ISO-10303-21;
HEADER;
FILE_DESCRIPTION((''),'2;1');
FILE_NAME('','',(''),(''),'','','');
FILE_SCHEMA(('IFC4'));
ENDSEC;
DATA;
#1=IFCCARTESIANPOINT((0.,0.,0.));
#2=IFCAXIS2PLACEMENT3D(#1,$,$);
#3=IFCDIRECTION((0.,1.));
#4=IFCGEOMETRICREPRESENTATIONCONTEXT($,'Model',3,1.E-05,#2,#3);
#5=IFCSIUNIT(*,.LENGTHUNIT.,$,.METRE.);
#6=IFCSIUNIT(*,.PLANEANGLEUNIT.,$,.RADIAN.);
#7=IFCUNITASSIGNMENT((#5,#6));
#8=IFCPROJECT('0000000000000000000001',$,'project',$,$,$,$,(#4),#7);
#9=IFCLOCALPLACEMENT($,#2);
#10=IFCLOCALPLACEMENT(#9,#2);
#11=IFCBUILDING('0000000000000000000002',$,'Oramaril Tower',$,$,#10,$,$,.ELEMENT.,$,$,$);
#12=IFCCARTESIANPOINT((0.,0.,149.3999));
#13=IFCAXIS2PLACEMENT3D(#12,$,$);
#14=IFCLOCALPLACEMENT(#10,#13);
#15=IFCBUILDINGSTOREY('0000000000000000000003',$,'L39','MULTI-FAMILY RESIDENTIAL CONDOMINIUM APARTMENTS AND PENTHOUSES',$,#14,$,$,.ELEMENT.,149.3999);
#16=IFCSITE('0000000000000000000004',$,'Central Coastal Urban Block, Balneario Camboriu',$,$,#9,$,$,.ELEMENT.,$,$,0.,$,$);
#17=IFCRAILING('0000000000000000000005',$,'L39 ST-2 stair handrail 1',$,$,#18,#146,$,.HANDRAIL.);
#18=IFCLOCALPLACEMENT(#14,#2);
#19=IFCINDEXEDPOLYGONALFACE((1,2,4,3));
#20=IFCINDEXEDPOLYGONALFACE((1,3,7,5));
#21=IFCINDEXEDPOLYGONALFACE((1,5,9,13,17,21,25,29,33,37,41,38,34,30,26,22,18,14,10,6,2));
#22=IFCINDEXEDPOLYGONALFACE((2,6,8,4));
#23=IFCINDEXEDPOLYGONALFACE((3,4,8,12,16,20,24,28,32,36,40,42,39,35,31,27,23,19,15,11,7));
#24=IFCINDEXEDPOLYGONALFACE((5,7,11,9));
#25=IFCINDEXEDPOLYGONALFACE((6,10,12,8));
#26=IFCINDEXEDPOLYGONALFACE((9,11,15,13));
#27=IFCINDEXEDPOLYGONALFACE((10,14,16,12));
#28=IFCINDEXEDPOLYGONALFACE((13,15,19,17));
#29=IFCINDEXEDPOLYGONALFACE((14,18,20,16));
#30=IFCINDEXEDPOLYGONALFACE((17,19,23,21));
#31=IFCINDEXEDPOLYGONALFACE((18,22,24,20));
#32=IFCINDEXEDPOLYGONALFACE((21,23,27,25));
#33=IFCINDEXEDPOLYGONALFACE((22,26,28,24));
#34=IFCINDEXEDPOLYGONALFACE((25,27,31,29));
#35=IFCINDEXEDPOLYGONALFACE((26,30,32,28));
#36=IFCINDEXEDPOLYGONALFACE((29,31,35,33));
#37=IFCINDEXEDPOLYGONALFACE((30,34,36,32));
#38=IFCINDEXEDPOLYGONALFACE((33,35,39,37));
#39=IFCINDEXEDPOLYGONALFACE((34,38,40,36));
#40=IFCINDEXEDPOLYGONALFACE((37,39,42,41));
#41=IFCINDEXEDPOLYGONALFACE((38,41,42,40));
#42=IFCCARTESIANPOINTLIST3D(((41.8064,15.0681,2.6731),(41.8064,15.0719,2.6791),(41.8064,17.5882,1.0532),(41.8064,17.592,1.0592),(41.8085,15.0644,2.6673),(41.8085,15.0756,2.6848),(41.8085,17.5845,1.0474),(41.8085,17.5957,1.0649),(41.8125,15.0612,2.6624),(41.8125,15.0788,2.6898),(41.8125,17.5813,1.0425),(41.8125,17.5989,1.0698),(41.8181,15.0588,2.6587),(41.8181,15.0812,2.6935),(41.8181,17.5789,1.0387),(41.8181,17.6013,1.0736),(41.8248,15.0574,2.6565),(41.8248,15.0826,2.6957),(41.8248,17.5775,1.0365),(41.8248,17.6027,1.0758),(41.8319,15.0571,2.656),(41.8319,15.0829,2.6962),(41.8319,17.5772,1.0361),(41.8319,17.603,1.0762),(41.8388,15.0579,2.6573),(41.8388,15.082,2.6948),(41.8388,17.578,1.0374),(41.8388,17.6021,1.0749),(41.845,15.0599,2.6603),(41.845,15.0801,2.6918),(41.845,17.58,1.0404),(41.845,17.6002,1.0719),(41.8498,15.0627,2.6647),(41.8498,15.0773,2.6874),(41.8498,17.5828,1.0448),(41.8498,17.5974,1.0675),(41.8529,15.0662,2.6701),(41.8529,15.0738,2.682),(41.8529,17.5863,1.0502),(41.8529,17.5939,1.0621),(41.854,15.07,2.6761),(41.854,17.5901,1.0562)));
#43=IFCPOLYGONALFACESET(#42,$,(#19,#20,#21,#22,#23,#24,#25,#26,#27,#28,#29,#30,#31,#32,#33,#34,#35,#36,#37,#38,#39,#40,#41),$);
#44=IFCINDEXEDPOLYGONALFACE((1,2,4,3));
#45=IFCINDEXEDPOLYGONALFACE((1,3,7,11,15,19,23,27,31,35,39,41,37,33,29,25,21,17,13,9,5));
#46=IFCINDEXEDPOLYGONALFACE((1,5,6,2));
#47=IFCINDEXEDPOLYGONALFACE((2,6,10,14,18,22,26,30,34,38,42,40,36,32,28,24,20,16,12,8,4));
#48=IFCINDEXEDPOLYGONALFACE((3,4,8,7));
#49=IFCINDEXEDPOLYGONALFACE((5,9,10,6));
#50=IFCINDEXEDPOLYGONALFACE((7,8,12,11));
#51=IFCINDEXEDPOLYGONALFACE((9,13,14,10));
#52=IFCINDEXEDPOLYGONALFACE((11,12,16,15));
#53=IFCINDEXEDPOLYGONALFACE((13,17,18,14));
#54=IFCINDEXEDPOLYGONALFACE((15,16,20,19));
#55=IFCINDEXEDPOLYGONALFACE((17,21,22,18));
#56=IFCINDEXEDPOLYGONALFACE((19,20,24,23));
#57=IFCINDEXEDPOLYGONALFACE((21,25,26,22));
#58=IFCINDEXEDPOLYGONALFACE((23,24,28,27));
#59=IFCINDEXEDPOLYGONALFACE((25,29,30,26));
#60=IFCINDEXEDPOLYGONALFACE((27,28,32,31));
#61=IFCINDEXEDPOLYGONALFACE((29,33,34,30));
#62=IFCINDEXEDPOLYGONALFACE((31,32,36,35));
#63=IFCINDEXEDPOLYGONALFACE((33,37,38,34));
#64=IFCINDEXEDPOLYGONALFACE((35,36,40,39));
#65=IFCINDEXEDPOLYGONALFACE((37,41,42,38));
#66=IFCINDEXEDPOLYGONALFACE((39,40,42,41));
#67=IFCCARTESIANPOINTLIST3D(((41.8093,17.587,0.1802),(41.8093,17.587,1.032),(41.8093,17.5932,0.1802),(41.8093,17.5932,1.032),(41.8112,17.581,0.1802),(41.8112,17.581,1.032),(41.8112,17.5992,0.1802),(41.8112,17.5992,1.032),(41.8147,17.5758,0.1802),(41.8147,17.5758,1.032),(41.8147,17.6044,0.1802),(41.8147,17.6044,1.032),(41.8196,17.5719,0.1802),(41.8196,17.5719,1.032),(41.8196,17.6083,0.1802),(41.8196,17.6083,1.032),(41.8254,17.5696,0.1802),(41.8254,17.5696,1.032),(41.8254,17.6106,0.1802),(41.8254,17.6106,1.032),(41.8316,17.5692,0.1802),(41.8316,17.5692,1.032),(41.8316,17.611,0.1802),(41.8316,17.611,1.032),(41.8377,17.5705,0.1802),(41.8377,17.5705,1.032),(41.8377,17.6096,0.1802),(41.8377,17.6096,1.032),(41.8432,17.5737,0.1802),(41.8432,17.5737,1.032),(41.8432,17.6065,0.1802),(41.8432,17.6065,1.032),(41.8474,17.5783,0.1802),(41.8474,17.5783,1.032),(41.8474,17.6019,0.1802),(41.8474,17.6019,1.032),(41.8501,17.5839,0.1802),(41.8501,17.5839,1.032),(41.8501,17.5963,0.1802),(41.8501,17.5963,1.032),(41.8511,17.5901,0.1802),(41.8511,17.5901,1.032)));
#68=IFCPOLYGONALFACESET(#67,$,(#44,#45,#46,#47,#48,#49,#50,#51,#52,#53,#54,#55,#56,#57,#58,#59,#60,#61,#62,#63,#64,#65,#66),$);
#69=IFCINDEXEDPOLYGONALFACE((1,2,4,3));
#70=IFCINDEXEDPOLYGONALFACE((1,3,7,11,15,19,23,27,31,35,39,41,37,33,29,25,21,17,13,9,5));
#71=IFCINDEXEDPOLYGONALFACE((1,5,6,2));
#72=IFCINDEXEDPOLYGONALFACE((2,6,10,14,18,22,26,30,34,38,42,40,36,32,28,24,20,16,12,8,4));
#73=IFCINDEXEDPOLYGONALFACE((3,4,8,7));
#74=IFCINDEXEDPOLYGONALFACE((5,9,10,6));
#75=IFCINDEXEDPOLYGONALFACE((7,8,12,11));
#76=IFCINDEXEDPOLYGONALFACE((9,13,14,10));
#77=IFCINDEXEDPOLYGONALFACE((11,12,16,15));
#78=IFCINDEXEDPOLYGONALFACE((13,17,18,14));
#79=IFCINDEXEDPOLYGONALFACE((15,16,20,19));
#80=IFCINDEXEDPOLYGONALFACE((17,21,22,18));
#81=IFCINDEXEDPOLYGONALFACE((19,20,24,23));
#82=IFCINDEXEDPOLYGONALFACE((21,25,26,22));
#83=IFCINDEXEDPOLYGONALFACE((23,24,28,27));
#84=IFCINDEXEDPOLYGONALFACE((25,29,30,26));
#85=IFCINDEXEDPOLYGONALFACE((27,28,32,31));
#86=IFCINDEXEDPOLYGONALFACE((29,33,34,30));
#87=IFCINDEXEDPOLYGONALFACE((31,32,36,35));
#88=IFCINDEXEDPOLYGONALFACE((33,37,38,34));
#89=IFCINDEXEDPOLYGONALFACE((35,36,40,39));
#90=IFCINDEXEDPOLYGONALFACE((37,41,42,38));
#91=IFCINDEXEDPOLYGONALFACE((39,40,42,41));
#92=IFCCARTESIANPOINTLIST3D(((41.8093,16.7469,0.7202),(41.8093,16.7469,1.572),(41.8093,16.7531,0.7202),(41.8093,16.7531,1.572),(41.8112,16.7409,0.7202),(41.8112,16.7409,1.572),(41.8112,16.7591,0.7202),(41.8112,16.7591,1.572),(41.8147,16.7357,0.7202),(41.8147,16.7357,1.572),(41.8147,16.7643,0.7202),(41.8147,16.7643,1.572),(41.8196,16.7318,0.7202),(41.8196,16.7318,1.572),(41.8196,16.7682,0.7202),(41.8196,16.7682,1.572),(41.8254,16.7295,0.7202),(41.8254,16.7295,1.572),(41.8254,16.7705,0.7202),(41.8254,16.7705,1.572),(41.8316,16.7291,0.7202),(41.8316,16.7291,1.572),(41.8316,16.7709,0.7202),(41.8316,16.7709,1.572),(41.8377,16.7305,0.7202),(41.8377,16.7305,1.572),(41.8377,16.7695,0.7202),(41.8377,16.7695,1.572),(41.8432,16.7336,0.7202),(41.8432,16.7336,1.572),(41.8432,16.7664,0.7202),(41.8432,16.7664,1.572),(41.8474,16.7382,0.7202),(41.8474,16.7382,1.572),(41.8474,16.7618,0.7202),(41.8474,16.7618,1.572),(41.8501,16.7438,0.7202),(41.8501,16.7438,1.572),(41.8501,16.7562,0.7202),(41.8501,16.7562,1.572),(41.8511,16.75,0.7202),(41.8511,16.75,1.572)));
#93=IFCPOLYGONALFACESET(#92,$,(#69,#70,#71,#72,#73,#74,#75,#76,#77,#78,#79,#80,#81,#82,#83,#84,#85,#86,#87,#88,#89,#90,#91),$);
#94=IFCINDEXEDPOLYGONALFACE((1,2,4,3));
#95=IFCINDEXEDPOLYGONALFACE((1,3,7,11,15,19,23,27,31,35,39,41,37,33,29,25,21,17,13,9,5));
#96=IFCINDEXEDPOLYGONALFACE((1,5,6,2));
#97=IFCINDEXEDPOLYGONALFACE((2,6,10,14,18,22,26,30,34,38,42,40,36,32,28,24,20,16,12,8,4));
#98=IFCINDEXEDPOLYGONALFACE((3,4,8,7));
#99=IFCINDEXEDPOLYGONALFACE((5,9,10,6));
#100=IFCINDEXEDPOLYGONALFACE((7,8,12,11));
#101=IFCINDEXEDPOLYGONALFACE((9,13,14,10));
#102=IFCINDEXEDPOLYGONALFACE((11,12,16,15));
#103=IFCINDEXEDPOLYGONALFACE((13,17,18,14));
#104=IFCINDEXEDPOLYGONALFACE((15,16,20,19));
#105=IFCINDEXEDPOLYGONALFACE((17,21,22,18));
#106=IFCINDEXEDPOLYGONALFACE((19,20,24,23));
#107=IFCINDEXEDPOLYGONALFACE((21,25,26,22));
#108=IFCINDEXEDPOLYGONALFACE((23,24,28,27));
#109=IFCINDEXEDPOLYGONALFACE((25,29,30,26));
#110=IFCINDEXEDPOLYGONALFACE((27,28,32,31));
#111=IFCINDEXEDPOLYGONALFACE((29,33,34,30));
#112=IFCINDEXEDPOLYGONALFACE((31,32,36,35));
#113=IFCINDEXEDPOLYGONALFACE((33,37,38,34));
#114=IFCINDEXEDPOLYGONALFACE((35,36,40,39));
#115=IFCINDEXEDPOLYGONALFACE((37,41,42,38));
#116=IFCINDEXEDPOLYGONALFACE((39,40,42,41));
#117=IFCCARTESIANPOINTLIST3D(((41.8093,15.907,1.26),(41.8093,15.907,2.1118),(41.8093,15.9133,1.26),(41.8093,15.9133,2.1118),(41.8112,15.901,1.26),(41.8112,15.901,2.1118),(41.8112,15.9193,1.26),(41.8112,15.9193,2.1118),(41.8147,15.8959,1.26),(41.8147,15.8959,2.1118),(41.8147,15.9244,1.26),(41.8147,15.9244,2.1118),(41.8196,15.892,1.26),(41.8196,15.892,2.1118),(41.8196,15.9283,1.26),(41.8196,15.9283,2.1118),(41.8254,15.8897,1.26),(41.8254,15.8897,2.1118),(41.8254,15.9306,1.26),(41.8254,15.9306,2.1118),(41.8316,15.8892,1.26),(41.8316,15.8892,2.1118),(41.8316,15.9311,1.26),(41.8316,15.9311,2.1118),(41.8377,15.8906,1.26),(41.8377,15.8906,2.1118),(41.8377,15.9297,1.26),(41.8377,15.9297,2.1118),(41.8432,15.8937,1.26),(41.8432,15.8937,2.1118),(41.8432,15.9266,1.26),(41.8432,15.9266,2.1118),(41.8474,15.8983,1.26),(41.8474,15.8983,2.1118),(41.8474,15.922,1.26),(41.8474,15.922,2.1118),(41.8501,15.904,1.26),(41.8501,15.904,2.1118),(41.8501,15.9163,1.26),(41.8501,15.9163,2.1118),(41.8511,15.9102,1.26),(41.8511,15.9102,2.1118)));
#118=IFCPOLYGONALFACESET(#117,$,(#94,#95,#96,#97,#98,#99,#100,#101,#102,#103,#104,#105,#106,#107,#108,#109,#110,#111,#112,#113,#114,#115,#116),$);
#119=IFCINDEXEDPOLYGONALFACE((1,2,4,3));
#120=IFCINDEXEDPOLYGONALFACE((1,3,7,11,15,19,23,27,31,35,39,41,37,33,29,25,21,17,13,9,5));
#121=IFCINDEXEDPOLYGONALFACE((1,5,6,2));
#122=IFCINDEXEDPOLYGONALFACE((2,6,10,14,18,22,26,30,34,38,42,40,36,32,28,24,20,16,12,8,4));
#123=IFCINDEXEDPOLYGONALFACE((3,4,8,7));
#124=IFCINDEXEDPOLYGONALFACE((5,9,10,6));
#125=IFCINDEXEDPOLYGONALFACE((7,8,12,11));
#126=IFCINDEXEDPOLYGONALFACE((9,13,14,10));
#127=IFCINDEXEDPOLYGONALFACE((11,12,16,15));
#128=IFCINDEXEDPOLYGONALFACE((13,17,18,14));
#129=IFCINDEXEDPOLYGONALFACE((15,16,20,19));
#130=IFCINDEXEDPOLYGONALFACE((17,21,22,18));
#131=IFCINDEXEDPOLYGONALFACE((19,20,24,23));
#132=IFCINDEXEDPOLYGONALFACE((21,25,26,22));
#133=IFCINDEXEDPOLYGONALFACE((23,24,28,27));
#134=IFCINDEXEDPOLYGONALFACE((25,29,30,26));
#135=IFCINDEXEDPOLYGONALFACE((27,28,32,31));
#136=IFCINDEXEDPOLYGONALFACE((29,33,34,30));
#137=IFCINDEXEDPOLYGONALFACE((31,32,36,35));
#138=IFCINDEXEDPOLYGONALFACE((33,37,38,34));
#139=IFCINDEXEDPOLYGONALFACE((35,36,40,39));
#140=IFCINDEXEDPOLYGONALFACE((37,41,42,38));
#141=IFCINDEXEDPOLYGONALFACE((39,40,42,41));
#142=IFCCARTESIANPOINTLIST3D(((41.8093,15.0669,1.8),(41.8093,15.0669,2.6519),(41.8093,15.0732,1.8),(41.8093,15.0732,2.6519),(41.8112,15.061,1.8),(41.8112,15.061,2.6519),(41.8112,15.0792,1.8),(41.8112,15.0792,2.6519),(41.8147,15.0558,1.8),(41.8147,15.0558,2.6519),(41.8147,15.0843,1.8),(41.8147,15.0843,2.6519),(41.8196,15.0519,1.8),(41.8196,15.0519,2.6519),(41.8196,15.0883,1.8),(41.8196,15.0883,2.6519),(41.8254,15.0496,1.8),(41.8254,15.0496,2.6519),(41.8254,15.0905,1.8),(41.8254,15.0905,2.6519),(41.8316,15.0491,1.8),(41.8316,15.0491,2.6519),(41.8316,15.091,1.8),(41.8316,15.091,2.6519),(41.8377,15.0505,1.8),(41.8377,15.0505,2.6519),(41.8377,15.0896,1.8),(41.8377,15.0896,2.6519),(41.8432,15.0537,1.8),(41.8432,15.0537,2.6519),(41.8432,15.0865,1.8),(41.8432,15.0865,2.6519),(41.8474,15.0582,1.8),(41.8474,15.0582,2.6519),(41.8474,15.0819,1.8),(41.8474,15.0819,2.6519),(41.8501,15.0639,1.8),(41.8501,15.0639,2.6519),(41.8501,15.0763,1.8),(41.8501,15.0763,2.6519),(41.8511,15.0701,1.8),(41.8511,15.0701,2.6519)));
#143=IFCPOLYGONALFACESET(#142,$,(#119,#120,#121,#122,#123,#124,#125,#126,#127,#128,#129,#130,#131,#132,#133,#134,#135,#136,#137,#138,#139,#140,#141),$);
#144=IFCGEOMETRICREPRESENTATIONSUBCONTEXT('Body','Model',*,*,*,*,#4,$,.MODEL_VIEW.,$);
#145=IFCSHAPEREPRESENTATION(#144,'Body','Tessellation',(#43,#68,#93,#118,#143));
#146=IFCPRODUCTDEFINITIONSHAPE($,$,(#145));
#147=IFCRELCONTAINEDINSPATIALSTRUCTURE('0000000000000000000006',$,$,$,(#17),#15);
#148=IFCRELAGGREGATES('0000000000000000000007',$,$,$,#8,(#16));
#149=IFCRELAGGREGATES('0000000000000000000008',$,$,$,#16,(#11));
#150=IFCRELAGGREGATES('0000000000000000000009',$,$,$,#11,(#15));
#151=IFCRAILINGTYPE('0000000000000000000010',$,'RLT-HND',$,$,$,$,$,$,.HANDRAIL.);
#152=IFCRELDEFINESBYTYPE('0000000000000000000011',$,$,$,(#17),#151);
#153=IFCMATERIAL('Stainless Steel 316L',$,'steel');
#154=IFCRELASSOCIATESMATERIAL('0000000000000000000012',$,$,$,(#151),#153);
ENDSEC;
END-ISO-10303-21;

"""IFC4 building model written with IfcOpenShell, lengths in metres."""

from ifc_helpers import new_model, si_unit, direction, frame, origin, origin_2d, place, context, subcontext, project, spatial, circle, extrude, material, type_object, element, save


model = new_model("IFC4")

# Units and contexts
model_context = context("Model", 3, precision=1e-05, world=origin(), true_north=direction((0.0, 1.0)))
body_context = subcontext(model_context, "Body", "Model", "MODEL_VIEW")
ifc_project = project(units=[si_unit("LENGTHUNIT", "METRE"), si_unit("PLANEANGLEUNIT", "RADIAN")], contexts=[model_context])

# Site, building, storey
site_placement = place(None, origin())
site = spatial("IfcSite", under=ifc_project, at=site_placement, Name="Central Coastal Urban Block, Balneario Camboriu", CompositionType="ELEMENT", RefElevation=0.0)
building_placement = place(site_placement, origin())
building = spatial("IfcBuilding", under=site, at=building_placement, Name="Oramaril Tower", CompositionType="ELEMENT")
storey_placement = place(building_placement, frame((0.0, 0.0, 149.3999)))
storey = spatial("IfcBuildingStorey", under=building, at=storey_placement, Name="L39", Description="MULTI-FAMILY RESIDENTIAL CONDOMINIUM APARTMENTS AND PENTHOUSES", CompositionType="ELEMENT", Elevation=149.3999)

# Railing
ifc_material_1 = material(Name="Stainless Steel 316L", Category="steel")
railing_type_1 = type_object("IfcRailingType", Name="RLT-HND", PredefinedType="HANDRAIL", material=ifc_material_1)
railing_1_placement = place(storey_placement, frame((41.8301, 17.5901, 0.1802)))
element("IfcRailing", 1, at=railing_1_placement, inside=storey, type_object=railing_type_1, Name="L39 ST-2 stair handrail 1", PredefinedType="HANDRAIL", context=body_context, shape_type="SweptSolid", body=[
    extrude(circle(Radius=0.0239, at=origin_2d()), frame((0.0, 0.0, 0.876), z_axis=(0.0, -0.8412, 0.540725), x_axis=(1.0, 0.0, 0.0)), (0.0, 0.0, 1.0), 2.9958),
    extrude(circle(Radius=0.021, at=origin_2d()), origin(), (0.0, 0.0, 1.0), 0.8518),
    extrude(circle(Radius=0.021, at=origin_2d()), frame((0.0, -0.8401, 0.54)), (0.0, 0.0, 1.0), 0.8518),
    extrude(circle(Radius=0.021, at=origin_2d()), frame((0.0, -1.6799, 1.0798)), (0.0, 0.0, 1.0), 0.8518),
    extrude(circle(Radius=0.021, at=origin_2d()), frame((0.0, -2.52, 1.6199)), (0.0, 0.0, 1.0), 0.8518),
])

save(model, "model.ifc")
